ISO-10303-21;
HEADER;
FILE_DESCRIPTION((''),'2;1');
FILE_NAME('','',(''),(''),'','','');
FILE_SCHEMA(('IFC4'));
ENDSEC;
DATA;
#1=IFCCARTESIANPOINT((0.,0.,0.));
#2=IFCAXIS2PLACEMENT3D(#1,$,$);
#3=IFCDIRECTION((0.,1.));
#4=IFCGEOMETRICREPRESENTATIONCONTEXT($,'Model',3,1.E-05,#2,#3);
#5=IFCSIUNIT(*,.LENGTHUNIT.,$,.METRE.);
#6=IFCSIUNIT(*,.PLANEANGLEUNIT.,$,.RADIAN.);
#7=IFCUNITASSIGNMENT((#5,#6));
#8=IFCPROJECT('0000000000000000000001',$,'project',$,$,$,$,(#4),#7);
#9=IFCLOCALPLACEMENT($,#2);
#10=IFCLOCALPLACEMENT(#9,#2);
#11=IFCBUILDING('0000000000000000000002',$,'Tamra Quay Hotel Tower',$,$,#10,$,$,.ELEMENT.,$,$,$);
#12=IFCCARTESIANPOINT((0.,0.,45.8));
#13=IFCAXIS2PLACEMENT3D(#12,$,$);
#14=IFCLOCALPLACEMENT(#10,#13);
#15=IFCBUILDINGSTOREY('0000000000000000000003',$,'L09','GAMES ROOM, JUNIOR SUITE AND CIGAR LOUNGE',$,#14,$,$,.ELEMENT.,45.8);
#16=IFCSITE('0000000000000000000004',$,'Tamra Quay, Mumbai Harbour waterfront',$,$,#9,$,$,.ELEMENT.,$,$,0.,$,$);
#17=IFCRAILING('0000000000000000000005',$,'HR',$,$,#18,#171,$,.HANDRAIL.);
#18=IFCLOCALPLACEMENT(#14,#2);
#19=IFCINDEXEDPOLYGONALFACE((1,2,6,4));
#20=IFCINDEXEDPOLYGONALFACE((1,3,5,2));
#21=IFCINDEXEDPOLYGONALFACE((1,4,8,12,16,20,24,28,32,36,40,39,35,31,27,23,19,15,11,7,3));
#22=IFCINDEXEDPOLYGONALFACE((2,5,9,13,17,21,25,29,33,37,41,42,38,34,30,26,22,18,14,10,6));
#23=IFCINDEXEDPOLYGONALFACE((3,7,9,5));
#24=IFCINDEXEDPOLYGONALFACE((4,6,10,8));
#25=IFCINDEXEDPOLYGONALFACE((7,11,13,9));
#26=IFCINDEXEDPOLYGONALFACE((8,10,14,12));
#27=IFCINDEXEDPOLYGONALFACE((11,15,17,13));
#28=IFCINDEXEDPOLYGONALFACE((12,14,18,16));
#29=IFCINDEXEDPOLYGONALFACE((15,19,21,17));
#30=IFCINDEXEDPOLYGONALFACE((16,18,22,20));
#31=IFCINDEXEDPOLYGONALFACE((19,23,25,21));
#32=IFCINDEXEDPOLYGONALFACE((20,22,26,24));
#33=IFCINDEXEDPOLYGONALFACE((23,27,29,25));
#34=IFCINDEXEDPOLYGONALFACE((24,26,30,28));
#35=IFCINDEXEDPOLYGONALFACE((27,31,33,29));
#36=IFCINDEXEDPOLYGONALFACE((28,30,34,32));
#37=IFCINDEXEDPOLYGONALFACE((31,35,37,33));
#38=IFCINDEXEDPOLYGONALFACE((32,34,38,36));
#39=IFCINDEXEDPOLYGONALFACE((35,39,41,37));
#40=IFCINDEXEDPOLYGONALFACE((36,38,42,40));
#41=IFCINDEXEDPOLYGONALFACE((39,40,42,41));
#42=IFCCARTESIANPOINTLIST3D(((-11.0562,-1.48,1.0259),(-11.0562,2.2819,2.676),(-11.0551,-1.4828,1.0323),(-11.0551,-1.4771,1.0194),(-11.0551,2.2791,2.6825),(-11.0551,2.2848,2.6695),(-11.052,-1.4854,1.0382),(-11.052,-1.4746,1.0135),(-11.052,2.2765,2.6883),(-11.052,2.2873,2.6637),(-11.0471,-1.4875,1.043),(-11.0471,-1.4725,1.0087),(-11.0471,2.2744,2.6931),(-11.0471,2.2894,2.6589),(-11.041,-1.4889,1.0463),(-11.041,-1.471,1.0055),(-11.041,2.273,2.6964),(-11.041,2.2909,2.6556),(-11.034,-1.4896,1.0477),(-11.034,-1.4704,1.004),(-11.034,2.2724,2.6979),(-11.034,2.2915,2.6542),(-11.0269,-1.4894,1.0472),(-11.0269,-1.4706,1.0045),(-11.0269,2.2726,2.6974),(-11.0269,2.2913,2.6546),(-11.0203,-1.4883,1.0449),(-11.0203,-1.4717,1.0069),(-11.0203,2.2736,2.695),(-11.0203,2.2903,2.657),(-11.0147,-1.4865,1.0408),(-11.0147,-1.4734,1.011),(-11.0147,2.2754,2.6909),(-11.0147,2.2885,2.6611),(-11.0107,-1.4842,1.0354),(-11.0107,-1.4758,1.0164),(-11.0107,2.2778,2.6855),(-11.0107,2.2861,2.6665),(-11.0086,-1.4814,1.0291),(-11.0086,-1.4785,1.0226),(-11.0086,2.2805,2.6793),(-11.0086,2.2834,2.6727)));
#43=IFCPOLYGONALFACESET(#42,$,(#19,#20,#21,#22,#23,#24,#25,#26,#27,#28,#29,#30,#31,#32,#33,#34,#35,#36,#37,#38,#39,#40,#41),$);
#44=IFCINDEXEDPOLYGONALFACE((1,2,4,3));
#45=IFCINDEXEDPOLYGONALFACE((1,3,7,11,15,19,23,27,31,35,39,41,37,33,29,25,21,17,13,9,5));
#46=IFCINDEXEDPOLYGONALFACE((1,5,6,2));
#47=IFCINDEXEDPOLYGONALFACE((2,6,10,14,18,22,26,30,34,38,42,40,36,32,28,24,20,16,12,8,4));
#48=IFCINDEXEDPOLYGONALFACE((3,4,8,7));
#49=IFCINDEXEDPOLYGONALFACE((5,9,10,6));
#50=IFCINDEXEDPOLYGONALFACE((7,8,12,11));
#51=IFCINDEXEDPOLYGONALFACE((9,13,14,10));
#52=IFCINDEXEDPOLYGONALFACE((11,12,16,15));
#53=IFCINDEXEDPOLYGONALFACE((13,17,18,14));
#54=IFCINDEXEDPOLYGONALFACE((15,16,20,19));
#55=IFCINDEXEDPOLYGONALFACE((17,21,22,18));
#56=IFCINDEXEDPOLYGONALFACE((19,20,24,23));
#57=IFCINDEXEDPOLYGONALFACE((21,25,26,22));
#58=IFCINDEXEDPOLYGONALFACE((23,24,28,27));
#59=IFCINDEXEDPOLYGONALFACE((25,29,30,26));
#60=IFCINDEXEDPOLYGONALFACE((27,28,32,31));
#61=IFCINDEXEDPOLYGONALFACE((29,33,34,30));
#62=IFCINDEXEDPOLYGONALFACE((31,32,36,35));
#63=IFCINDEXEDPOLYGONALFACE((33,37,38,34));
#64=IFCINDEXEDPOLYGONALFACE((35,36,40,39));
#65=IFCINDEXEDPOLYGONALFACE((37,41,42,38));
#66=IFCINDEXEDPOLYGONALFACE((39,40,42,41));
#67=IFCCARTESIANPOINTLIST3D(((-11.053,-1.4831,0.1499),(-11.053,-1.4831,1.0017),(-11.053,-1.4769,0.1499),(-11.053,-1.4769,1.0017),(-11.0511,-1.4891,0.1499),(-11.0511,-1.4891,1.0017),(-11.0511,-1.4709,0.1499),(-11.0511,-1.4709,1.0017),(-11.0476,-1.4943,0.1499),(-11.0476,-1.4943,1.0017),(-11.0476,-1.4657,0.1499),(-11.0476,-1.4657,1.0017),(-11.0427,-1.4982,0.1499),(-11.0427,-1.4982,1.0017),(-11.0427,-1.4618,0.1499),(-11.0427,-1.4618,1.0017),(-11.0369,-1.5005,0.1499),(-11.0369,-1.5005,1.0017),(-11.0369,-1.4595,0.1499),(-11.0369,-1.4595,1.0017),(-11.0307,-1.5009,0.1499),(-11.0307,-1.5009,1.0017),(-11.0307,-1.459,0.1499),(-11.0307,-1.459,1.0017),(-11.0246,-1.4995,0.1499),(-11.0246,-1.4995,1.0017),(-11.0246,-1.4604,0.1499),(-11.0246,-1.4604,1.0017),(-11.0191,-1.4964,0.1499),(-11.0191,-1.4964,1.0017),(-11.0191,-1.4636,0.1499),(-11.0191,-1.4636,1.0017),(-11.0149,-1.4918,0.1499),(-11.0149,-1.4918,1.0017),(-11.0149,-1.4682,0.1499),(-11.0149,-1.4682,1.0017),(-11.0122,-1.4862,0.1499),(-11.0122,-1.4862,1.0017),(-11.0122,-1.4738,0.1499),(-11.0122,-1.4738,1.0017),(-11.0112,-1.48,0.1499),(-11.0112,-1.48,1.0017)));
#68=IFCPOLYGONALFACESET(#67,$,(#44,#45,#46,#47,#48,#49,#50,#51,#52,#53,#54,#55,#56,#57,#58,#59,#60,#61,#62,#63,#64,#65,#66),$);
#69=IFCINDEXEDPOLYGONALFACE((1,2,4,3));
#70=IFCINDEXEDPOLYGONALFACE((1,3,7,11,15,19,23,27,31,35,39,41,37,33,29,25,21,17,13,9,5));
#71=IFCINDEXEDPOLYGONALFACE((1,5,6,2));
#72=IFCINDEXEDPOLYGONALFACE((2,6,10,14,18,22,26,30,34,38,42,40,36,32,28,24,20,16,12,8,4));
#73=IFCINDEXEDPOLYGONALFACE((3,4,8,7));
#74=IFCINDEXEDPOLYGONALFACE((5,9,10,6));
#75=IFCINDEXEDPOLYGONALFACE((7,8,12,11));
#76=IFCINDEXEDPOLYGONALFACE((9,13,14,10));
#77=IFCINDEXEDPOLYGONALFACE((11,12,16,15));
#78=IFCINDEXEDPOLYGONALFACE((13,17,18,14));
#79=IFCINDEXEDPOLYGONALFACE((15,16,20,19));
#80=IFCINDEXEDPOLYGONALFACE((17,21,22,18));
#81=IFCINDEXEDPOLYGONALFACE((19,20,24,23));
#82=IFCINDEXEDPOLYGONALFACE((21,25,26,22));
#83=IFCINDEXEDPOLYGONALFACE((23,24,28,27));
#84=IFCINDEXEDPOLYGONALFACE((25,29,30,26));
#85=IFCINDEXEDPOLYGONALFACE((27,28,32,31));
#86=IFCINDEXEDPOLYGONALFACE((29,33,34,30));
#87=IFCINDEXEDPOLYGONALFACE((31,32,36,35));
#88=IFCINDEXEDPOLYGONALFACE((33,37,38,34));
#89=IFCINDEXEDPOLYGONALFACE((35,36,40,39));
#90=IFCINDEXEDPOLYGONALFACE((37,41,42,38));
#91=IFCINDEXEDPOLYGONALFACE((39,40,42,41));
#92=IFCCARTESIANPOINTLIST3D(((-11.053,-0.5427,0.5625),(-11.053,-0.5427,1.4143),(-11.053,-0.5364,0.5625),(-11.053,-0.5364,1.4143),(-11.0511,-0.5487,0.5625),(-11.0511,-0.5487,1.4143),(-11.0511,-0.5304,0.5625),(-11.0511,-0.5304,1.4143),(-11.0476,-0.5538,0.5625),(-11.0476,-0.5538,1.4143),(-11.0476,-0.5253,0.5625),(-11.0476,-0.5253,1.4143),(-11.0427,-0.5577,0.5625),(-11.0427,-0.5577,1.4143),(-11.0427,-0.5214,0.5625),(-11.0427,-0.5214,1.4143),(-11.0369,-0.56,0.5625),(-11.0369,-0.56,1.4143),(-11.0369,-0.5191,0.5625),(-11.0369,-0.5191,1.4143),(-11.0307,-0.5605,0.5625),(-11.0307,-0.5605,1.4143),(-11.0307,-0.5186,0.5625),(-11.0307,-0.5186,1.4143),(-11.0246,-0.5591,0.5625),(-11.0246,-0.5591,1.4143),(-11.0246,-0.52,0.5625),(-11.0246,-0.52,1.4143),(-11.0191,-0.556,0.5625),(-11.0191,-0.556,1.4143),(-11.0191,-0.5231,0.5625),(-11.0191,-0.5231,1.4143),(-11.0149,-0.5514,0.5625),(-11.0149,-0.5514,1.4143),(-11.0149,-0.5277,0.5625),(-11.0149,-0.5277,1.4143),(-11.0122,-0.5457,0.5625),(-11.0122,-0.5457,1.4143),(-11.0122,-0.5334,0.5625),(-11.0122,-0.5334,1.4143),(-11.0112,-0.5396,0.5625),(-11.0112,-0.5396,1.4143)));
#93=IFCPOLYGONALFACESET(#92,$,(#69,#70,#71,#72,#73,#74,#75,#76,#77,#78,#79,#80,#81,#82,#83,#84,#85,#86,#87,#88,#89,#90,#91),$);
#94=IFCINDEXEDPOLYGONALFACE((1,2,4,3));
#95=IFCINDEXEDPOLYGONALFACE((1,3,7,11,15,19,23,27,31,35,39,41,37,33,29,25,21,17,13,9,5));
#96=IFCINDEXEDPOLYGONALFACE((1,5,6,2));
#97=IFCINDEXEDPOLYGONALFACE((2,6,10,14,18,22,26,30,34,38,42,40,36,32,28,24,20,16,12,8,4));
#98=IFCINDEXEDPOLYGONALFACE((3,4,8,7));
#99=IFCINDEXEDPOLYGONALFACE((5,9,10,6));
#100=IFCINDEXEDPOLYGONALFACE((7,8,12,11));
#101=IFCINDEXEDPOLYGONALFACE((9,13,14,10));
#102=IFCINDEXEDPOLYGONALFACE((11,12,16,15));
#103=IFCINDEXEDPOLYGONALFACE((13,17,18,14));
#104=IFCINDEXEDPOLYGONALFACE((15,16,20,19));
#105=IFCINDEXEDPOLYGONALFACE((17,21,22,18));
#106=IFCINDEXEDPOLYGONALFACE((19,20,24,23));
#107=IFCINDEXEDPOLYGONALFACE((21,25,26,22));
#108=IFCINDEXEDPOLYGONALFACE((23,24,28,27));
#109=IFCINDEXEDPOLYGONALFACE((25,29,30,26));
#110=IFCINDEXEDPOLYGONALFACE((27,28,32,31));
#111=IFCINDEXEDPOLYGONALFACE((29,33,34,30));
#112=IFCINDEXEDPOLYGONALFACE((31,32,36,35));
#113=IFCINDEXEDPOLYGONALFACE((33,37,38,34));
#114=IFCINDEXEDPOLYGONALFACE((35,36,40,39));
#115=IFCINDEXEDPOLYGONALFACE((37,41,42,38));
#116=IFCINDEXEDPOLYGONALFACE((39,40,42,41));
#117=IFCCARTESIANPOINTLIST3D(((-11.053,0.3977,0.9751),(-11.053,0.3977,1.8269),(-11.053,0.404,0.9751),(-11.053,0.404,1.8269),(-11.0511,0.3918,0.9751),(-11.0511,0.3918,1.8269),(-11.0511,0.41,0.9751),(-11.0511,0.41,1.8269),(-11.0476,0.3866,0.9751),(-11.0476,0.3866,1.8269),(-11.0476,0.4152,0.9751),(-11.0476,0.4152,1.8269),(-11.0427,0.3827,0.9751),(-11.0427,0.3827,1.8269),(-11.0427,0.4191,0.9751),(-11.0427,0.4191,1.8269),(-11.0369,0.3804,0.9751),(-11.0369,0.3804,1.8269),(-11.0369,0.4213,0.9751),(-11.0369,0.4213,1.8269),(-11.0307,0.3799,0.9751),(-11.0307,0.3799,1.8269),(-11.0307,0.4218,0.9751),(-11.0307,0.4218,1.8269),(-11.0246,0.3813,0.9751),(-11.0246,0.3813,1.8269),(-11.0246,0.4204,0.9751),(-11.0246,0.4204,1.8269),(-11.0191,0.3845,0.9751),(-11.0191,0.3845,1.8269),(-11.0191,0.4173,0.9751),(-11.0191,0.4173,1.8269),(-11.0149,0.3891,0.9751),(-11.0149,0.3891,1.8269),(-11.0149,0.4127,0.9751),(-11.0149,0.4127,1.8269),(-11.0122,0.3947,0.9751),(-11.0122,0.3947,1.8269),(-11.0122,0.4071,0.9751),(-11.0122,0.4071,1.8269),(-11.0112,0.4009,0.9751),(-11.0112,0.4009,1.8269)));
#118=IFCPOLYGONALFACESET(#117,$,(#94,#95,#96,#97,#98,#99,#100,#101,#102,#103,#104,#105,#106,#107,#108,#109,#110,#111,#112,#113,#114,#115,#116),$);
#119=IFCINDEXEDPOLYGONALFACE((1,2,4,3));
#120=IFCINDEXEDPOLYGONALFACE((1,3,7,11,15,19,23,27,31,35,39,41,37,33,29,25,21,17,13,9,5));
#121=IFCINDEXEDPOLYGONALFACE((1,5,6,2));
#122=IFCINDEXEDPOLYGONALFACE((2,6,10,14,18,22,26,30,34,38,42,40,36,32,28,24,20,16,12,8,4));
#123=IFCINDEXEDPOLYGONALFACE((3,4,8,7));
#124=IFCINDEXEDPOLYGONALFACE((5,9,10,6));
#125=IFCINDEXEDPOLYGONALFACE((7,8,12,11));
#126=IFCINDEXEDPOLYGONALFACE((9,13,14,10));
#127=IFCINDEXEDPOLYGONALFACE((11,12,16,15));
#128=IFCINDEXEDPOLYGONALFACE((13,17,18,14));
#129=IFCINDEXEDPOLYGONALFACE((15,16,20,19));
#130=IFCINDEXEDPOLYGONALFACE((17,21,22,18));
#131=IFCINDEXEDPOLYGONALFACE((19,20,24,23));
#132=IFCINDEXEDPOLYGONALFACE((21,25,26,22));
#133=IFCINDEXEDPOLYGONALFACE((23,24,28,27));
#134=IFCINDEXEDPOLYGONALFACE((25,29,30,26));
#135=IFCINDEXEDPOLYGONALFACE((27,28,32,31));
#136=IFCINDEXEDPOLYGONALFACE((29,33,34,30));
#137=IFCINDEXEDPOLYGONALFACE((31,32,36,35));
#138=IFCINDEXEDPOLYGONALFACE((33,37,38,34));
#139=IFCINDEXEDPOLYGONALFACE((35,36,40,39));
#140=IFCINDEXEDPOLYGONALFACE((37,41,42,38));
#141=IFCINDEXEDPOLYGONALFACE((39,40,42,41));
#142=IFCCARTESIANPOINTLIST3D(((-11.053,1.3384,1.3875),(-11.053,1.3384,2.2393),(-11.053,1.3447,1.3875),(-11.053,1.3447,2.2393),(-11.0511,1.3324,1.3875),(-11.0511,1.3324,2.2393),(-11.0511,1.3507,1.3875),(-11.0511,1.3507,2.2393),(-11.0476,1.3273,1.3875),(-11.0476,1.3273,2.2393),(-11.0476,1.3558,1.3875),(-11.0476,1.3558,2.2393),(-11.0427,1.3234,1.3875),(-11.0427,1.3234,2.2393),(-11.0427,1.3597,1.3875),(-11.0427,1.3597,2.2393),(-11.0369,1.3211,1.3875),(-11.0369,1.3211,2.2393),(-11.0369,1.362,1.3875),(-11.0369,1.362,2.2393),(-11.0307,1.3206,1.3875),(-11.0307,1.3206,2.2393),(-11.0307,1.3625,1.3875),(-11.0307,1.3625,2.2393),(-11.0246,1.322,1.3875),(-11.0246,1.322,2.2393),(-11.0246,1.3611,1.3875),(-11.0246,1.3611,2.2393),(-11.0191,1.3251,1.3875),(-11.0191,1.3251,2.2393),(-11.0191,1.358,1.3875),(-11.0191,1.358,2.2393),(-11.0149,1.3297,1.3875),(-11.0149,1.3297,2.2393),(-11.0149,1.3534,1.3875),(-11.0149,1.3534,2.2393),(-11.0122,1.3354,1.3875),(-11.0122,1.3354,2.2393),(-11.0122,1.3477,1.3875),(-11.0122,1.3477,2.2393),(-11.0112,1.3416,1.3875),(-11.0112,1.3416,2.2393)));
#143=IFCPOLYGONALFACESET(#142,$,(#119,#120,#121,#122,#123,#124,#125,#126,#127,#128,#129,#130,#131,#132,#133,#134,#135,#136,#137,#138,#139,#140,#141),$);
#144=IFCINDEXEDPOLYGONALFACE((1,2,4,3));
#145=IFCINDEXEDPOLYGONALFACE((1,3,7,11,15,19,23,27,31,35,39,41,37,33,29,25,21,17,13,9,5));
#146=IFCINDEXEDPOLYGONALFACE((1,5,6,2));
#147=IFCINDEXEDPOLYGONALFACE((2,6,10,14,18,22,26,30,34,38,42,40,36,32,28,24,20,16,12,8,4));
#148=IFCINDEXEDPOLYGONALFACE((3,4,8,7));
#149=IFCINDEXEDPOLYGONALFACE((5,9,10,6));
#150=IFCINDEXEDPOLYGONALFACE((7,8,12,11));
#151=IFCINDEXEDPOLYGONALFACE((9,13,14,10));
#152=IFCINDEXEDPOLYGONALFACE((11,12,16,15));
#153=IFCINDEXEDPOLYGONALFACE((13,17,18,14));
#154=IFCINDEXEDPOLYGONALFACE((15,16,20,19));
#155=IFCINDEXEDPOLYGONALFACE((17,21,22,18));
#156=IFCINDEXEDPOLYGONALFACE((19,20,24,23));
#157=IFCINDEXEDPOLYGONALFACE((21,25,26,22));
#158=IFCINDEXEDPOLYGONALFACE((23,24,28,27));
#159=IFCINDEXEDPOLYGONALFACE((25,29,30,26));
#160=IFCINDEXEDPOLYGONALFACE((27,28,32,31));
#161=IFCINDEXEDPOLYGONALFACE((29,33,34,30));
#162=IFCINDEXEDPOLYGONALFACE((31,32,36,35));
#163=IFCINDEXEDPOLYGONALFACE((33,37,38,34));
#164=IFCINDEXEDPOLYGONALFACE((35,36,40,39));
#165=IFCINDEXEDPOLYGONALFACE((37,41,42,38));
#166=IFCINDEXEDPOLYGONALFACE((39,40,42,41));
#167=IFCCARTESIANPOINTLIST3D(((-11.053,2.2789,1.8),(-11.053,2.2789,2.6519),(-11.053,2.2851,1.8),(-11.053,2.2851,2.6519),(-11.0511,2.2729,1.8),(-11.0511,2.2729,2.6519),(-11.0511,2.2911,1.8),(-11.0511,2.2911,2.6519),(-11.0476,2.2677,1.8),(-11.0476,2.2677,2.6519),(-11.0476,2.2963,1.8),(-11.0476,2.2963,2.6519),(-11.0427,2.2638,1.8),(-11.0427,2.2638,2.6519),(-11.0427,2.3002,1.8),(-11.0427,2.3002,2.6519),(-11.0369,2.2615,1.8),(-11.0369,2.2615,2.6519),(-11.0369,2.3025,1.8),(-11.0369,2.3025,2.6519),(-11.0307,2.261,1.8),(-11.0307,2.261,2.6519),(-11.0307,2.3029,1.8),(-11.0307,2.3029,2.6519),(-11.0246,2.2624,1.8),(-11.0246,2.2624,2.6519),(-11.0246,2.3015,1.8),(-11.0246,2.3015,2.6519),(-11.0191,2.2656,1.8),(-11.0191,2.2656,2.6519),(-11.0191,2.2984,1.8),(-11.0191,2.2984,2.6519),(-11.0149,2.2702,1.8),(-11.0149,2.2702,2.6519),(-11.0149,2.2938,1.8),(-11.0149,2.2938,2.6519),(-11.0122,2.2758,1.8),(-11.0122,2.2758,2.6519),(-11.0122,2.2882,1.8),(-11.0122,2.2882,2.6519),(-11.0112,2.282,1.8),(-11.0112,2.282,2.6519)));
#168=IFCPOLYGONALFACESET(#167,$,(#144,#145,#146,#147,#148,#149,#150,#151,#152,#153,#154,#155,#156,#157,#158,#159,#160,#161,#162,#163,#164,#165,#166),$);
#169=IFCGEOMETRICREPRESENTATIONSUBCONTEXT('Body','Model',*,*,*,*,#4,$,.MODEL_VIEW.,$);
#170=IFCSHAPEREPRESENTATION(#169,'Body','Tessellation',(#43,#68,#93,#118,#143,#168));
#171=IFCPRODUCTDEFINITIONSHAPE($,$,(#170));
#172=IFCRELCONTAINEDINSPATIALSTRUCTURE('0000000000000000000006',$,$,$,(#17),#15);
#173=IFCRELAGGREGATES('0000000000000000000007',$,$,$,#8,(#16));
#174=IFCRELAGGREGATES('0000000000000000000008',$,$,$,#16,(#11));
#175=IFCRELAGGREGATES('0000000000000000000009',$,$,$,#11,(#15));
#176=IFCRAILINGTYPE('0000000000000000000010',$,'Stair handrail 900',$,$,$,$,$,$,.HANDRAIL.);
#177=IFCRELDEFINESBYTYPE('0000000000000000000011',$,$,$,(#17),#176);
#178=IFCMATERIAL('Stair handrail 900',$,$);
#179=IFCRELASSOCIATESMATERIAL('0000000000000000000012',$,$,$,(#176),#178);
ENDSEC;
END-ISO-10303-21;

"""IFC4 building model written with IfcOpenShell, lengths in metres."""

from ifc_helpers import new_model, si_unit, direction, frame, origin, origin_2d, place, context, subcontext, project, spatial, circle, extrude, material, type_object, element, save


model = new_model("IFC4")

# Units and contexts
model_context = context("Model", 3, precision=1e-05, world=origin(), true_north=direction((0.0, 1.0)))
body_context = subcontext(model_context, "Body", "Model", "MODEL_VIEW")
ifc_project = project(units=[si_unit("LENGTHUNIT", "METRE"), si_unit("PLANEANGLEUNIT", "RADIAN")], contexts=[model_context])

# Site, building, storey
site_placement = place(None, origin())
site = spatial("IfcSite", under=ifc_project, at=site_placement, Name="Tamra Quay, Mumbai Harbour waterfront", CompositionType="ELEMENT", RefElevation=0.0)
building_placement = place(site_placement, origin())
building = spatial("IfcBuilding", under=site, at=building_placement, Name="Tamra Quay Hotel Tower", CompositionType="ELEMENT")
storey_placement = place(building_placement, frame((0.0, 0.0, 45.8)))
storey = spatial("IfcBuildingStorey", under=building, at=storey_placement, Name="L09", Description="GAMES ROOM, JUNIOR SUITE AND CIGAR LOUNGE", CompositionType="ELEMENT", Elevation=45.8)

# Railing
ifc_material_1 = material(Name="Stair handrail 900")
railing_type = type_object("IfcRailingType", Name="Stair handrail 900", PredefinedType="HANDRAIL", material=ifc_material_1)
railing_placement = place(storey_placement, frame((-11.0322, -1.48, 0.1499)))
element("IfcRailing", 1, at=railing_placement, inside=storey, type_object=railing_type, Name="HR", PredefinedType="HANDRAIL", context=body_context, shape_type="SweptSolid", body=[
    extrude(circle(Radius=0.0239, at=origin_2d()), frame((0.0, 0.0, 0.876), z_axis=(0.0, 0.915774, 0.401695), x_axis=(-1.0, 0.0, 0.0)), (0.0, 0.0, 1.0), 4.1079),
    extrude(circle(Radius=0.021, at=origin_2d()), origin(), (0.0, 0.0, 1.0), 0.8518),
    extrude(circle(Radius=0.021, at=origin_2d()), frame((0.0, 0.9404, 0.4126)), (0.0, 0.0, 1.0), 0.8518),
    extrude(circle(Radius=0.021, at=origin_2d()), frame((0.0, 1.8809, 0.8252)), (0.0, 0.0, 1.0), 0.8518),
    extrude(circle(Radius=0.021, at=origin_2d()), frame((0.0, 2.8215, 1.2375)), (0.0, 0.0, 1.0), 0.8518),
    extrude(circle(Radius=0.021, at=origin_2d()), frame((0.0, 3.762, 1.6501)), (0.0, 0.0, 1.0), 0.8518),
])

save(model, "model.ifc")
